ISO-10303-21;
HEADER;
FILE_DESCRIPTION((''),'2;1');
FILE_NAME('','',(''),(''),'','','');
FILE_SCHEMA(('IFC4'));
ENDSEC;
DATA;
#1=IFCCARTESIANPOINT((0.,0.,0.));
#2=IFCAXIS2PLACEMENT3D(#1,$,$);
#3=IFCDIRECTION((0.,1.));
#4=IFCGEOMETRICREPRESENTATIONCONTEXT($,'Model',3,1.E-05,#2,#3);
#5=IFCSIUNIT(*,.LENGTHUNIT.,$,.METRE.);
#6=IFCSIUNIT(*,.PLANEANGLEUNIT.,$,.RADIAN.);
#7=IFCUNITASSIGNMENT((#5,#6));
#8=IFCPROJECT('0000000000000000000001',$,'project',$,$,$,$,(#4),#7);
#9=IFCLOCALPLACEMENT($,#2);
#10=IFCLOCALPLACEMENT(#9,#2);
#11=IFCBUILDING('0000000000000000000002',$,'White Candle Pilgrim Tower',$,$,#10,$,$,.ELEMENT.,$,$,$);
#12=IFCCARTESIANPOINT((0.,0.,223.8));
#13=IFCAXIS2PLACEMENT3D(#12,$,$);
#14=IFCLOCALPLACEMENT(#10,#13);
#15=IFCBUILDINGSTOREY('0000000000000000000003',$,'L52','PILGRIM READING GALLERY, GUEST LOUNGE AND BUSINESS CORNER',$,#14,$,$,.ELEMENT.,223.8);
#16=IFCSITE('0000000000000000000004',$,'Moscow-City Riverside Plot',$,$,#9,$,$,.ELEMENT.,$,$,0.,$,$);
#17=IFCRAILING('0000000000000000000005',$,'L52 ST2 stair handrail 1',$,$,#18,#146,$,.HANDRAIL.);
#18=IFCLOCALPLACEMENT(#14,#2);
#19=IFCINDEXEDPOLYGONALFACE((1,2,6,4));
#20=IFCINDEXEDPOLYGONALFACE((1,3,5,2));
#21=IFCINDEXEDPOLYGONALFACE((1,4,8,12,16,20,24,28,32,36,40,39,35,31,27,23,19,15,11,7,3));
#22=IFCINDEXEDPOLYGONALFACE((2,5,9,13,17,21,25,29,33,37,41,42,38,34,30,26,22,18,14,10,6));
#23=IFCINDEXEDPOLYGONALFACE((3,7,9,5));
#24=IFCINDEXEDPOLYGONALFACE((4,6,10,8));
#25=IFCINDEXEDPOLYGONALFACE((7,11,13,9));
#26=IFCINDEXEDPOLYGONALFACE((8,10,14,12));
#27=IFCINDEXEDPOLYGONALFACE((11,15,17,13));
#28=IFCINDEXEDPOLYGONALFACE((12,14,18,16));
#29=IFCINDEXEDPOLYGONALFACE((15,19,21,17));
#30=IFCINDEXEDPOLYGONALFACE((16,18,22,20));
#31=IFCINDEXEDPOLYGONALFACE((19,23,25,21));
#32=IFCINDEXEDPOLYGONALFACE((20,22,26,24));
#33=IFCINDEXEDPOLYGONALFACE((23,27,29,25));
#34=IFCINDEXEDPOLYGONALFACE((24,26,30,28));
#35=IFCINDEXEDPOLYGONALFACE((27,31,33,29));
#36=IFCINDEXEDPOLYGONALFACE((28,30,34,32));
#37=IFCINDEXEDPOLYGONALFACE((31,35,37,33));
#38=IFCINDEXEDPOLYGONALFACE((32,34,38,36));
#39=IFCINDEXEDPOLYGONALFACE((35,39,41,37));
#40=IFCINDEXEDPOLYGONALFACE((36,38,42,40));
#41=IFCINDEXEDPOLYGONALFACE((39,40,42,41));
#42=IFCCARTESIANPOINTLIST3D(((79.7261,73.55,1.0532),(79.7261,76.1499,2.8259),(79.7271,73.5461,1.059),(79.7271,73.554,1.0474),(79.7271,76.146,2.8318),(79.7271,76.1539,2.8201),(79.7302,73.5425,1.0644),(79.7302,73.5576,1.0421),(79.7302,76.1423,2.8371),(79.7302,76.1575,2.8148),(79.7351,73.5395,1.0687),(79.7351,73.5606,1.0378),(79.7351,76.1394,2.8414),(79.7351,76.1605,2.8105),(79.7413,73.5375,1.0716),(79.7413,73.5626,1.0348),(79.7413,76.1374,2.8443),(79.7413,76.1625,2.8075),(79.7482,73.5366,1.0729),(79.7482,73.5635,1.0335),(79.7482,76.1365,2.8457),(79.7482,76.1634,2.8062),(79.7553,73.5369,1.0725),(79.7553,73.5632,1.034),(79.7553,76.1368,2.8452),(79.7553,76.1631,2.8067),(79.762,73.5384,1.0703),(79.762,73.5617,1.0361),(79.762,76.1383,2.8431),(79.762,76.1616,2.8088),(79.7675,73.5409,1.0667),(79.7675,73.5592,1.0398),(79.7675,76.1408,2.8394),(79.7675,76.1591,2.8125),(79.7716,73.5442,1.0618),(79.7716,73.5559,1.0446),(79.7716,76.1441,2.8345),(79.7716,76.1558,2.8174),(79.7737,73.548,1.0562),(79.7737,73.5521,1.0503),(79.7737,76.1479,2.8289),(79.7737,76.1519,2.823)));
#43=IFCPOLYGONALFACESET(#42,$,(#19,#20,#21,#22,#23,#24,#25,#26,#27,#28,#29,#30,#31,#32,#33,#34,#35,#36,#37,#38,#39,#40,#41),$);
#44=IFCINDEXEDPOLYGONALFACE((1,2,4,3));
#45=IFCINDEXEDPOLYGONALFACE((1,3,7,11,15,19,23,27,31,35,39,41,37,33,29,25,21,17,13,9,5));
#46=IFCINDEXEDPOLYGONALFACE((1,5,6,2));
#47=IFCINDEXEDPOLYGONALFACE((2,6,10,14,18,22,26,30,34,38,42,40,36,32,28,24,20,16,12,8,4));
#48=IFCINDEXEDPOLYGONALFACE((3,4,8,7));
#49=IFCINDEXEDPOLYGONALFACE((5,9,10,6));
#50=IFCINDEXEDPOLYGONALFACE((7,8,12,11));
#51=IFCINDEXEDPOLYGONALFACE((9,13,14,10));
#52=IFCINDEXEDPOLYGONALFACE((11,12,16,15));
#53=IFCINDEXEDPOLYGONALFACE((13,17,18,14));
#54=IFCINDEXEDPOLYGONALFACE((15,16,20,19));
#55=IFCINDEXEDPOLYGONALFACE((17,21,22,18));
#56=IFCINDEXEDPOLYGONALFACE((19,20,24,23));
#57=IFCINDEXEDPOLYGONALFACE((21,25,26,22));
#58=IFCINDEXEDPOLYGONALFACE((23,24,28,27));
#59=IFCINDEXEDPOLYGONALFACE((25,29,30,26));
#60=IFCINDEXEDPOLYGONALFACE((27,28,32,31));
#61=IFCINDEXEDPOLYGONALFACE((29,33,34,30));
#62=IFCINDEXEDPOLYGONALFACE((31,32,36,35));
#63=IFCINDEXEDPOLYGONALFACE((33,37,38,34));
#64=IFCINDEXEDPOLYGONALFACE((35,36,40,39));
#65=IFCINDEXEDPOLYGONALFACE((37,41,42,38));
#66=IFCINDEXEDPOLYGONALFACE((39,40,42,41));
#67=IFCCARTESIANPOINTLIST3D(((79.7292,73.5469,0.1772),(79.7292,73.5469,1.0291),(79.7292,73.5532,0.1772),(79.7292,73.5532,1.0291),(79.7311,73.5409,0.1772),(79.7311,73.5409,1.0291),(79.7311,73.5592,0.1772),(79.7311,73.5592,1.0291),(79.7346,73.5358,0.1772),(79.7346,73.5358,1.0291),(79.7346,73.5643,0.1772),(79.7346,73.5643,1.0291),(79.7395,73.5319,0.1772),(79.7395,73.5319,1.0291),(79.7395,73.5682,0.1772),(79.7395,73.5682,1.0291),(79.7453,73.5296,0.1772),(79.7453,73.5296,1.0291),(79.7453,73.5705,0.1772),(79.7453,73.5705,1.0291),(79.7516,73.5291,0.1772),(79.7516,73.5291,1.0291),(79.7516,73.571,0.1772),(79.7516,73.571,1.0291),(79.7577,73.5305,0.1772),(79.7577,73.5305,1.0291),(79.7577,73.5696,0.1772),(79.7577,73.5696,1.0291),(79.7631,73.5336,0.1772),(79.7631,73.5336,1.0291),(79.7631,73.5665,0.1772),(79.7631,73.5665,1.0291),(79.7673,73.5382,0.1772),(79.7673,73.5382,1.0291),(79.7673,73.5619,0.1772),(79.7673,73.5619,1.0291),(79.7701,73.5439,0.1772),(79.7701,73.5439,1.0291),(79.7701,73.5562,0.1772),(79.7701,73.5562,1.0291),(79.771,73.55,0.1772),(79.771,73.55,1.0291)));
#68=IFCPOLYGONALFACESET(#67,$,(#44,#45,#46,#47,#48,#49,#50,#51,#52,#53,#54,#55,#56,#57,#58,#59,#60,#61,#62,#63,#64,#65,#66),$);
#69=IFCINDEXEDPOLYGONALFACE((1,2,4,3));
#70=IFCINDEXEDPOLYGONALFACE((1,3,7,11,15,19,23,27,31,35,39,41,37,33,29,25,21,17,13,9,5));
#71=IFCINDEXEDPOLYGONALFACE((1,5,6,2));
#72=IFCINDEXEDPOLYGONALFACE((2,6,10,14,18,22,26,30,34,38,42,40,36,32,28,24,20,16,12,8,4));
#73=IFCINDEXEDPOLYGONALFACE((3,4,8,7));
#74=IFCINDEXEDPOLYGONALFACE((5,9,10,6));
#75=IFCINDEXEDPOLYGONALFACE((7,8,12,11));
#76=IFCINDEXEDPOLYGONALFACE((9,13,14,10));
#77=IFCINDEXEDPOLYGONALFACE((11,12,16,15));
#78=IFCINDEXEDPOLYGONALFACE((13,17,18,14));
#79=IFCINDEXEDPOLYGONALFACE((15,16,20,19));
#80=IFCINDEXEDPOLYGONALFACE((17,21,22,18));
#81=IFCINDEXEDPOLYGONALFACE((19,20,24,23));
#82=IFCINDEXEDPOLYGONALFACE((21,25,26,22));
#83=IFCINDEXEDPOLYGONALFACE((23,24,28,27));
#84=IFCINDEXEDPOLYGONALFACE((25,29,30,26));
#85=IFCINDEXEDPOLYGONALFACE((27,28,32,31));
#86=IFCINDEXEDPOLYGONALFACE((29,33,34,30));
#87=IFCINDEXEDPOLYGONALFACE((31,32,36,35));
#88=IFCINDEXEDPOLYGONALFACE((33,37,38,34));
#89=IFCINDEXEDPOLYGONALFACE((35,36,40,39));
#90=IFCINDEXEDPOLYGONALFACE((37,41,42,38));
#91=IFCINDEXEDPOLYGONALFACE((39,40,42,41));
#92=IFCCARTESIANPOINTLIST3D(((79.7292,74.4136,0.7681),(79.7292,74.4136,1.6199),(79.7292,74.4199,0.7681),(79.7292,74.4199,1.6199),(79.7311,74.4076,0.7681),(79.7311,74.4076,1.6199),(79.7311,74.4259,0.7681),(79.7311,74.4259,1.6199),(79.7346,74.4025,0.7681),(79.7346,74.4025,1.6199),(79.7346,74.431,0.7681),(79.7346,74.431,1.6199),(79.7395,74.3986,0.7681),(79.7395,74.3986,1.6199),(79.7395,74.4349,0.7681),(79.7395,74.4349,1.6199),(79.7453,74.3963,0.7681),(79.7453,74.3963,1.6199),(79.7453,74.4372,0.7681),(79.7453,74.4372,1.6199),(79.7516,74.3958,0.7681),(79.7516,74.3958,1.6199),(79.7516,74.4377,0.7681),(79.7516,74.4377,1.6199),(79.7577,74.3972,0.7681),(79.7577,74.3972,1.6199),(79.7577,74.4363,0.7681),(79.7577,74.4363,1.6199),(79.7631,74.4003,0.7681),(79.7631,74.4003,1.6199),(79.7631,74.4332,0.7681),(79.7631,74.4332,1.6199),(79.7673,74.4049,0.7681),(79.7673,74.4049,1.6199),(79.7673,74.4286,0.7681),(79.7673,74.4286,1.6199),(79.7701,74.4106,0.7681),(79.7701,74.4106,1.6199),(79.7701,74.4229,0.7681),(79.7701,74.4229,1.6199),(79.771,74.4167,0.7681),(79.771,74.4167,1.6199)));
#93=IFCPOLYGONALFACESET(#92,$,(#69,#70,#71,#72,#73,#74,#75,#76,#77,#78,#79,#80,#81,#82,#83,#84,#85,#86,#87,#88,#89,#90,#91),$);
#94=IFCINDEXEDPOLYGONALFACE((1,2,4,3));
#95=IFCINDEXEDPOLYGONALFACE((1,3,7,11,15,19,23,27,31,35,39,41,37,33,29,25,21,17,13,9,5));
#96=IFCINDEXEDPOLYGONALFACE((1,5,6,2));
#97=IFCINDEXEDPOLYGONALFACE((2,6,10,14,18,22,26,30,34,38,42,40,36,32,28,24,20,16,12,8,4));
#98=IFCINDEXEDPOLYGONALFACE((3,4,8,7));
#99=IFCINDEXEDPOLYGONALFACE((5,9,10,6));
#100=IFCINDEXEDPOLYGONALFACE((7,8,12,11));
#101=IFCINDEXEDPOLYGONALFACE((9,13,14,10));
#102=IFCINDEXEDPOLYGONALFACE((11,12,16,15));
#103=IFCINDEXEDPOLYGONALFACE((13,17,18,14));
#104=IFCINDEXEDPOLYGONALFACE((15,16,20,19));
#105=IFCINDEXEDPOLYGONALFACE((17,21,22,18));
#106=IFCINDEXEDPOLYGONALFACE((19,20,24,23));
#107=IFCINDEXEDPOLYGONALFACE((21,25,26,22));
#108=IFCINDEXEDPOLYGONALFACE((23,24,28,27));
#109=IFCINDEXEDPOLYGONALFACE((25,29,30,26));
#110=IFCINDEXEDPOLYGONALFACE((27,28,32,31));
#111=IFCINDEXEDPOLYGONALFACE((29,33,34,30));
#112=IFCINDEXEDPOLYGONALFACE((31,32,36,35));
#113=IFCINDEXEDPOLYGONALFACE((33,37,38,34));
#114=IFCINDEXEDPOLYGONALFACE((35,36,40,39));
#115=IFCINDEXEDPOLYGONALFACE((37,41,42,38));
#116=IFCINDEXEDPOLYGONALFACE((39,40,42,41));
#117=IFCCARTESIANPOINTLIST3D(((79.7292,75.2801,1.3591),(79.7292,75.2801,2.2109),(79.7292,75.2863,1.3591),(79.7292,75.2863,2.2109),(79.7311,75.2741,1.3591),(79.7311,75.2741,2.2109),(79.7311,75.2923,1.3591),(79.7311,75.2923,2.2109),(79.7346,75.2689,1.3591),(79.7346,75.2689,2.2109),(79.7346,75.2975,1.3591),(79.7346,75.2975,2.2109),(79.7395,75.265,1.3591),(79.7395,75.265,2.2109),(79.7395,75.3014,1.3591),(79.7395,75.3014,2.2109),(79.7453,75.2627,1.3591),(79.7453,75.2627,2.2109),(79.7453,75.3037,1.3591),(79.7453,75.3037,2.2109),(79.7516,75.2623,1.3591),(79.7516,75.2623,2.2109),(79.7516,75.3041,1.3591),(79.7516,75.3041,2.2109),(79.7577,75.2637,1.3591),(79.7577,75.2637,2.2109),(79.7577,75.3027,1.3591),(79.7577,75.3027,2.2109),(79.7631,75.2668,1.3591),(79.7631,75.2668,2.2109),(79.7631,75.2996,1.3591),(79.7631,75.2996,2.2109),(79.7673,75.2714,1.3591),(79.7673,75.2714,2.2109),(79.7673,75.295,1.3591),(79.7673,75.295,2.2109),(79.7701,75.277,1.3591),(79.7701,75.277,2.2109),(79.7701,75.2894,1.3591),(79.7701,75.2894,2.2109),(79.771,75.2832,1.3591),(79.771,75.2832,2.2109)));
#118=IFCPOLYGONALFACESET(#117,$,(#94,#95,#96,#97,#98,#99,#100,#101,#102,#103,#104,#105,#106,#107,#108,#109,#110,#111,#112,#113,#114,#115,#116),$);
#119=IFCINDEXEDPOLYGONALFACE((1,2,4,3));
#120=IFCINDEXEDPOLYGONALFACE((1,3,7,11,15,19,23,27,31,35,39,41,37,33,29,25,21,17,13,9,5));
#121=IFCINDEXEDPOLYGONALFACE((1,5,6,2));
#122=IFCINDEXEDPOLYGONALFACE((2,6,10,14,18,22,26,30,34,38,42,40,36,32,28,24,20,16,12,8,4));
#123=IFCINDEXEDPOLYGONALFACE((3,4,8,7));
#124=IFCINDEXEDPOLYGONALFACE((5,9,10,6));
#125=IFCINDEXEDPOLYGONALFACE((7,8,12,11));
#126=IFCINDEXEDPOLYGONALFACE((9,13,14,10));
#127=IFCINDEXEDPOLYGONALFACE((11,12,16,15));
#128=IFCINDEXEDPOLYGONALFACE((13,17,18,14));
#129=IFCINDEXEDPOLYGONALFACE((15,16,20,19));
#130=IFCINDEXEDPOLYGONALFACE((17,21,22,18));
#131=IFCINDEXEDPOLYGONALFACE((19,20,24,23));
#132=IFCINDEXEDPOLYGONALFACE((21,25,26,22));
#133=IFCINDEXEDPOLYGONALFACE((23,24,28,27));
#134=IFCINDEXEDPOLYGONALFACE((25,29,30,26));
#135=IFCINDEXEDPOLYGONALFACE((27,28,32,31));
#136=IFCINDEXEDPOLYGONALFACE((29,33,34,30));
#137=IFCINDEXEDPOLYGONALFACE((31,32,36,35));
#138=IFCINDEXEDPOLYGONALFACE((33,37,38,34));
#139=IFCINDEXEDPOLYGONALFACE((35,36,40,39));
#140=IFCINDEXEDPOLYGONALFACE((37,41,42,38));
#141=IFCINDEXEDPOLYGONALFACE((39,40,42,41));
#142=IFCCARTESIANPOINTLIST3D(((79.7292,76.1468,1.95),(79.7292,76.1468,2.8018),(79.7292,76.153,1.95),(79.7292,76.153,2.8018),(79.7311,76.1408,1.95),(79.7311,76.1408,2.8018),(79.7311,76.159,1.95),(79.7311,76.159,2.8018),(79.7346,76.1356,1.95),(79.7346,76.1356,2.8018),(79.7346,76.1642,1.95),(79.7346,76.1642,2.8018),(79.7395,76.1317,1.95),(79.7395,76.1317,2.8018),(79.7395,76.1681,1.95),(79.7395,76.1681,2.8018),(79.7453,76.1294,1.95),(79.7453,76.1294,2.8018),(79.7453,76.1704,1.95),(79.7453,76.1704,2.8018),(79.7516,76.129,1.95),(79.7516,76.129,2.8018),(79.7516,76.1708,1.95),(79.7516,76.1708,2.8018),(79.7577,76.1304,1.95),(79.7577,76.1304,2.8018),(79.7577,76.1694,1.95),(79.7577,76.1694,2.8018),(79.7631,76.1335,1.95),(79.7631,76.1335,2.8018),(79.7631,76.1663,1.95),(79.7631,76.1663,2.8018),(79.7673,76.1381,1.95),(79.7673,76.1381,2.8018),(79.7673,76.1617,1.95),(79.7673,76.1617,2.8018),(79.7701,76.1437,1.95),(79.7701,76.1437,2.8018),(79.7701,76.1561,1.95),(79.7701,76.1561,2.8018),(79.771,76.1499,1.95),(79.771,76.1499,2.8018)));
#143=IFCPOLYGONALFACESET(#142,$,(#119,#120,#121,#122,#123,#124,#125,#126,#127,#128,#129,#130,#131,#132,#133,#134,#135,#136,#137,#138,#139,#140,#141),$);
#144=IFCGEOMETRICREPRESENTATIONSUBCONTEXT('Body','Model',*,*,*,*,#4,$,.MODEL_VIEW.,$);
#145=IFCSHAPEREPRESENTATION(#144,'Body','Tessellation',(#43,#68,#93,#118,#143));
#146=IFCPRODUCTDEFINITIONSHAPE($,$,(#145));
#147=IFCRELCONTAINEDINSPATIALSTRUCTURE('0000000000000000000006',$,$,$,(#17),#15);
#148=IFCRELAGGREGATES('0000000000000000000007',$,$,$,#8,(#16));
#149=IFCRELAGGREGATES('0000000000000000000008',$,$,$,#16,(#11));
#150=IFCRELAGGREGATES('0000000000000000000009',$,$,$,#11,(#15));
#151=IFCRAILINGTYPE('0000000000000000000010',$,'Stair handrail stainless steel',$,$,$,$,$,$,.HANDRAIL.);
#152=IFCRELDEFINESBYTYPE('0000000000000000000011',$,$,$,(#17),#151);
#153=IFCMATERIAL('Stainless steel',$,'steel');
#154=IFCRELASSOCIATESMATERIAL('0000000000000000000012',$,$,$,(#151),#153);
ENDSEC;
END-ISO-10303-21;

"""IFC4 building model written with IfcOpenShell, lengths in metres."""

from ifc_helpers import new_model, si_unit, direction, frame, origin, origin_2d, place, context, subcontext, project, spatial, circle, extrude, material, type_object, element, save


model = new_model("IFC4")

# Units and contexts
model_context = context("Model", 3, precision=1e-05, world=origin(), true_north=direction((0.0, 1.0)))
body_context = subcontext(model_context, "Body", "Model", "MODEL_VIEW")
ifc_project = project(units=[si_unit("LENGTHUNIT", "METRE"), si_unit("PLANEANGLEUNIT", "RADIAN")], contexts=[model_context])

# Site, building, storey
site_placement = place(None, origin())
site = spatial("IfcSite", under=ifc_project, at=site_placement, Name="Moscow-City Riverside Plot", CompositionType="ELEMENT", RefElevation=0.0)
building_placement = place(site_placement, origin())
building = spatial("IfcBuilding", under=site, at=building_placement, Name="White Candle Pilgrim Tower", CompositionType="ELEMENT")
storey_placement = place(building_placement, frame((0.0, 0.0, 223.8)))
storey = spatial("IfcBuildingStorey", under=building, at=storey_placement, Name="L52", Description="PILGRIM READING GALLERY, GUEST LOUNGE AND BUSINESS CORNER", CompositionType="ELEMENT", Elevation=223.8)

# Railing
ifc_material_1 = material(Name="Stainless steel", Category="steel")
railing_type_1 = type_object("IfcRailingType", Name="Stair handrail stainless steel", PredefinedType="HANDRAIL", material=ifc_material_1)
railing_1_placement = place(storey_placement, frame((79.75, 73.55, 0.1772)))
element("IfcRailing", 1, at=railing_1_placement, inside=storey, type_object=railing_type_1, Name="L52 ST2 stair handrail 1", PredefinedType="HANDRAIL", context=body_context, shape_type="SweptSolid", body=[
    extrude(circle(Radius=0.0239, at=origin_2d()), frame((0.0, 0.0, 0.876), z_axis=(0.0, 0.826216, 0.563354), x_axis=(-1.0, 0.0, 0.0)), (0.0, 0.0, 1.0), 3.1467),
    extrude(circle(Radius=0.021, at=origin_2d()), origin(), (0.0, 0.0, 1.0), 0.8518),
    extrude(circle(Radius=0.021, at=origin_2d()), frame((0.0, 0.8667, 0.5908)), (0.0, 0.0, 1.0), 0.8518),
    extrude(circle(Radius=0.021, at=origin_2d()), frame((0.0, 1.7332, 1.1819)), (0.0, 0.0, 1.0), 0.8518),
    extrude(circle(Radius=0.021, at=origin_2d()), frame((0.0, 2.5999, 1.7727)), (0.0, 0.0, 1.0), 0.8518),
])

save(model, "model.ifc")
